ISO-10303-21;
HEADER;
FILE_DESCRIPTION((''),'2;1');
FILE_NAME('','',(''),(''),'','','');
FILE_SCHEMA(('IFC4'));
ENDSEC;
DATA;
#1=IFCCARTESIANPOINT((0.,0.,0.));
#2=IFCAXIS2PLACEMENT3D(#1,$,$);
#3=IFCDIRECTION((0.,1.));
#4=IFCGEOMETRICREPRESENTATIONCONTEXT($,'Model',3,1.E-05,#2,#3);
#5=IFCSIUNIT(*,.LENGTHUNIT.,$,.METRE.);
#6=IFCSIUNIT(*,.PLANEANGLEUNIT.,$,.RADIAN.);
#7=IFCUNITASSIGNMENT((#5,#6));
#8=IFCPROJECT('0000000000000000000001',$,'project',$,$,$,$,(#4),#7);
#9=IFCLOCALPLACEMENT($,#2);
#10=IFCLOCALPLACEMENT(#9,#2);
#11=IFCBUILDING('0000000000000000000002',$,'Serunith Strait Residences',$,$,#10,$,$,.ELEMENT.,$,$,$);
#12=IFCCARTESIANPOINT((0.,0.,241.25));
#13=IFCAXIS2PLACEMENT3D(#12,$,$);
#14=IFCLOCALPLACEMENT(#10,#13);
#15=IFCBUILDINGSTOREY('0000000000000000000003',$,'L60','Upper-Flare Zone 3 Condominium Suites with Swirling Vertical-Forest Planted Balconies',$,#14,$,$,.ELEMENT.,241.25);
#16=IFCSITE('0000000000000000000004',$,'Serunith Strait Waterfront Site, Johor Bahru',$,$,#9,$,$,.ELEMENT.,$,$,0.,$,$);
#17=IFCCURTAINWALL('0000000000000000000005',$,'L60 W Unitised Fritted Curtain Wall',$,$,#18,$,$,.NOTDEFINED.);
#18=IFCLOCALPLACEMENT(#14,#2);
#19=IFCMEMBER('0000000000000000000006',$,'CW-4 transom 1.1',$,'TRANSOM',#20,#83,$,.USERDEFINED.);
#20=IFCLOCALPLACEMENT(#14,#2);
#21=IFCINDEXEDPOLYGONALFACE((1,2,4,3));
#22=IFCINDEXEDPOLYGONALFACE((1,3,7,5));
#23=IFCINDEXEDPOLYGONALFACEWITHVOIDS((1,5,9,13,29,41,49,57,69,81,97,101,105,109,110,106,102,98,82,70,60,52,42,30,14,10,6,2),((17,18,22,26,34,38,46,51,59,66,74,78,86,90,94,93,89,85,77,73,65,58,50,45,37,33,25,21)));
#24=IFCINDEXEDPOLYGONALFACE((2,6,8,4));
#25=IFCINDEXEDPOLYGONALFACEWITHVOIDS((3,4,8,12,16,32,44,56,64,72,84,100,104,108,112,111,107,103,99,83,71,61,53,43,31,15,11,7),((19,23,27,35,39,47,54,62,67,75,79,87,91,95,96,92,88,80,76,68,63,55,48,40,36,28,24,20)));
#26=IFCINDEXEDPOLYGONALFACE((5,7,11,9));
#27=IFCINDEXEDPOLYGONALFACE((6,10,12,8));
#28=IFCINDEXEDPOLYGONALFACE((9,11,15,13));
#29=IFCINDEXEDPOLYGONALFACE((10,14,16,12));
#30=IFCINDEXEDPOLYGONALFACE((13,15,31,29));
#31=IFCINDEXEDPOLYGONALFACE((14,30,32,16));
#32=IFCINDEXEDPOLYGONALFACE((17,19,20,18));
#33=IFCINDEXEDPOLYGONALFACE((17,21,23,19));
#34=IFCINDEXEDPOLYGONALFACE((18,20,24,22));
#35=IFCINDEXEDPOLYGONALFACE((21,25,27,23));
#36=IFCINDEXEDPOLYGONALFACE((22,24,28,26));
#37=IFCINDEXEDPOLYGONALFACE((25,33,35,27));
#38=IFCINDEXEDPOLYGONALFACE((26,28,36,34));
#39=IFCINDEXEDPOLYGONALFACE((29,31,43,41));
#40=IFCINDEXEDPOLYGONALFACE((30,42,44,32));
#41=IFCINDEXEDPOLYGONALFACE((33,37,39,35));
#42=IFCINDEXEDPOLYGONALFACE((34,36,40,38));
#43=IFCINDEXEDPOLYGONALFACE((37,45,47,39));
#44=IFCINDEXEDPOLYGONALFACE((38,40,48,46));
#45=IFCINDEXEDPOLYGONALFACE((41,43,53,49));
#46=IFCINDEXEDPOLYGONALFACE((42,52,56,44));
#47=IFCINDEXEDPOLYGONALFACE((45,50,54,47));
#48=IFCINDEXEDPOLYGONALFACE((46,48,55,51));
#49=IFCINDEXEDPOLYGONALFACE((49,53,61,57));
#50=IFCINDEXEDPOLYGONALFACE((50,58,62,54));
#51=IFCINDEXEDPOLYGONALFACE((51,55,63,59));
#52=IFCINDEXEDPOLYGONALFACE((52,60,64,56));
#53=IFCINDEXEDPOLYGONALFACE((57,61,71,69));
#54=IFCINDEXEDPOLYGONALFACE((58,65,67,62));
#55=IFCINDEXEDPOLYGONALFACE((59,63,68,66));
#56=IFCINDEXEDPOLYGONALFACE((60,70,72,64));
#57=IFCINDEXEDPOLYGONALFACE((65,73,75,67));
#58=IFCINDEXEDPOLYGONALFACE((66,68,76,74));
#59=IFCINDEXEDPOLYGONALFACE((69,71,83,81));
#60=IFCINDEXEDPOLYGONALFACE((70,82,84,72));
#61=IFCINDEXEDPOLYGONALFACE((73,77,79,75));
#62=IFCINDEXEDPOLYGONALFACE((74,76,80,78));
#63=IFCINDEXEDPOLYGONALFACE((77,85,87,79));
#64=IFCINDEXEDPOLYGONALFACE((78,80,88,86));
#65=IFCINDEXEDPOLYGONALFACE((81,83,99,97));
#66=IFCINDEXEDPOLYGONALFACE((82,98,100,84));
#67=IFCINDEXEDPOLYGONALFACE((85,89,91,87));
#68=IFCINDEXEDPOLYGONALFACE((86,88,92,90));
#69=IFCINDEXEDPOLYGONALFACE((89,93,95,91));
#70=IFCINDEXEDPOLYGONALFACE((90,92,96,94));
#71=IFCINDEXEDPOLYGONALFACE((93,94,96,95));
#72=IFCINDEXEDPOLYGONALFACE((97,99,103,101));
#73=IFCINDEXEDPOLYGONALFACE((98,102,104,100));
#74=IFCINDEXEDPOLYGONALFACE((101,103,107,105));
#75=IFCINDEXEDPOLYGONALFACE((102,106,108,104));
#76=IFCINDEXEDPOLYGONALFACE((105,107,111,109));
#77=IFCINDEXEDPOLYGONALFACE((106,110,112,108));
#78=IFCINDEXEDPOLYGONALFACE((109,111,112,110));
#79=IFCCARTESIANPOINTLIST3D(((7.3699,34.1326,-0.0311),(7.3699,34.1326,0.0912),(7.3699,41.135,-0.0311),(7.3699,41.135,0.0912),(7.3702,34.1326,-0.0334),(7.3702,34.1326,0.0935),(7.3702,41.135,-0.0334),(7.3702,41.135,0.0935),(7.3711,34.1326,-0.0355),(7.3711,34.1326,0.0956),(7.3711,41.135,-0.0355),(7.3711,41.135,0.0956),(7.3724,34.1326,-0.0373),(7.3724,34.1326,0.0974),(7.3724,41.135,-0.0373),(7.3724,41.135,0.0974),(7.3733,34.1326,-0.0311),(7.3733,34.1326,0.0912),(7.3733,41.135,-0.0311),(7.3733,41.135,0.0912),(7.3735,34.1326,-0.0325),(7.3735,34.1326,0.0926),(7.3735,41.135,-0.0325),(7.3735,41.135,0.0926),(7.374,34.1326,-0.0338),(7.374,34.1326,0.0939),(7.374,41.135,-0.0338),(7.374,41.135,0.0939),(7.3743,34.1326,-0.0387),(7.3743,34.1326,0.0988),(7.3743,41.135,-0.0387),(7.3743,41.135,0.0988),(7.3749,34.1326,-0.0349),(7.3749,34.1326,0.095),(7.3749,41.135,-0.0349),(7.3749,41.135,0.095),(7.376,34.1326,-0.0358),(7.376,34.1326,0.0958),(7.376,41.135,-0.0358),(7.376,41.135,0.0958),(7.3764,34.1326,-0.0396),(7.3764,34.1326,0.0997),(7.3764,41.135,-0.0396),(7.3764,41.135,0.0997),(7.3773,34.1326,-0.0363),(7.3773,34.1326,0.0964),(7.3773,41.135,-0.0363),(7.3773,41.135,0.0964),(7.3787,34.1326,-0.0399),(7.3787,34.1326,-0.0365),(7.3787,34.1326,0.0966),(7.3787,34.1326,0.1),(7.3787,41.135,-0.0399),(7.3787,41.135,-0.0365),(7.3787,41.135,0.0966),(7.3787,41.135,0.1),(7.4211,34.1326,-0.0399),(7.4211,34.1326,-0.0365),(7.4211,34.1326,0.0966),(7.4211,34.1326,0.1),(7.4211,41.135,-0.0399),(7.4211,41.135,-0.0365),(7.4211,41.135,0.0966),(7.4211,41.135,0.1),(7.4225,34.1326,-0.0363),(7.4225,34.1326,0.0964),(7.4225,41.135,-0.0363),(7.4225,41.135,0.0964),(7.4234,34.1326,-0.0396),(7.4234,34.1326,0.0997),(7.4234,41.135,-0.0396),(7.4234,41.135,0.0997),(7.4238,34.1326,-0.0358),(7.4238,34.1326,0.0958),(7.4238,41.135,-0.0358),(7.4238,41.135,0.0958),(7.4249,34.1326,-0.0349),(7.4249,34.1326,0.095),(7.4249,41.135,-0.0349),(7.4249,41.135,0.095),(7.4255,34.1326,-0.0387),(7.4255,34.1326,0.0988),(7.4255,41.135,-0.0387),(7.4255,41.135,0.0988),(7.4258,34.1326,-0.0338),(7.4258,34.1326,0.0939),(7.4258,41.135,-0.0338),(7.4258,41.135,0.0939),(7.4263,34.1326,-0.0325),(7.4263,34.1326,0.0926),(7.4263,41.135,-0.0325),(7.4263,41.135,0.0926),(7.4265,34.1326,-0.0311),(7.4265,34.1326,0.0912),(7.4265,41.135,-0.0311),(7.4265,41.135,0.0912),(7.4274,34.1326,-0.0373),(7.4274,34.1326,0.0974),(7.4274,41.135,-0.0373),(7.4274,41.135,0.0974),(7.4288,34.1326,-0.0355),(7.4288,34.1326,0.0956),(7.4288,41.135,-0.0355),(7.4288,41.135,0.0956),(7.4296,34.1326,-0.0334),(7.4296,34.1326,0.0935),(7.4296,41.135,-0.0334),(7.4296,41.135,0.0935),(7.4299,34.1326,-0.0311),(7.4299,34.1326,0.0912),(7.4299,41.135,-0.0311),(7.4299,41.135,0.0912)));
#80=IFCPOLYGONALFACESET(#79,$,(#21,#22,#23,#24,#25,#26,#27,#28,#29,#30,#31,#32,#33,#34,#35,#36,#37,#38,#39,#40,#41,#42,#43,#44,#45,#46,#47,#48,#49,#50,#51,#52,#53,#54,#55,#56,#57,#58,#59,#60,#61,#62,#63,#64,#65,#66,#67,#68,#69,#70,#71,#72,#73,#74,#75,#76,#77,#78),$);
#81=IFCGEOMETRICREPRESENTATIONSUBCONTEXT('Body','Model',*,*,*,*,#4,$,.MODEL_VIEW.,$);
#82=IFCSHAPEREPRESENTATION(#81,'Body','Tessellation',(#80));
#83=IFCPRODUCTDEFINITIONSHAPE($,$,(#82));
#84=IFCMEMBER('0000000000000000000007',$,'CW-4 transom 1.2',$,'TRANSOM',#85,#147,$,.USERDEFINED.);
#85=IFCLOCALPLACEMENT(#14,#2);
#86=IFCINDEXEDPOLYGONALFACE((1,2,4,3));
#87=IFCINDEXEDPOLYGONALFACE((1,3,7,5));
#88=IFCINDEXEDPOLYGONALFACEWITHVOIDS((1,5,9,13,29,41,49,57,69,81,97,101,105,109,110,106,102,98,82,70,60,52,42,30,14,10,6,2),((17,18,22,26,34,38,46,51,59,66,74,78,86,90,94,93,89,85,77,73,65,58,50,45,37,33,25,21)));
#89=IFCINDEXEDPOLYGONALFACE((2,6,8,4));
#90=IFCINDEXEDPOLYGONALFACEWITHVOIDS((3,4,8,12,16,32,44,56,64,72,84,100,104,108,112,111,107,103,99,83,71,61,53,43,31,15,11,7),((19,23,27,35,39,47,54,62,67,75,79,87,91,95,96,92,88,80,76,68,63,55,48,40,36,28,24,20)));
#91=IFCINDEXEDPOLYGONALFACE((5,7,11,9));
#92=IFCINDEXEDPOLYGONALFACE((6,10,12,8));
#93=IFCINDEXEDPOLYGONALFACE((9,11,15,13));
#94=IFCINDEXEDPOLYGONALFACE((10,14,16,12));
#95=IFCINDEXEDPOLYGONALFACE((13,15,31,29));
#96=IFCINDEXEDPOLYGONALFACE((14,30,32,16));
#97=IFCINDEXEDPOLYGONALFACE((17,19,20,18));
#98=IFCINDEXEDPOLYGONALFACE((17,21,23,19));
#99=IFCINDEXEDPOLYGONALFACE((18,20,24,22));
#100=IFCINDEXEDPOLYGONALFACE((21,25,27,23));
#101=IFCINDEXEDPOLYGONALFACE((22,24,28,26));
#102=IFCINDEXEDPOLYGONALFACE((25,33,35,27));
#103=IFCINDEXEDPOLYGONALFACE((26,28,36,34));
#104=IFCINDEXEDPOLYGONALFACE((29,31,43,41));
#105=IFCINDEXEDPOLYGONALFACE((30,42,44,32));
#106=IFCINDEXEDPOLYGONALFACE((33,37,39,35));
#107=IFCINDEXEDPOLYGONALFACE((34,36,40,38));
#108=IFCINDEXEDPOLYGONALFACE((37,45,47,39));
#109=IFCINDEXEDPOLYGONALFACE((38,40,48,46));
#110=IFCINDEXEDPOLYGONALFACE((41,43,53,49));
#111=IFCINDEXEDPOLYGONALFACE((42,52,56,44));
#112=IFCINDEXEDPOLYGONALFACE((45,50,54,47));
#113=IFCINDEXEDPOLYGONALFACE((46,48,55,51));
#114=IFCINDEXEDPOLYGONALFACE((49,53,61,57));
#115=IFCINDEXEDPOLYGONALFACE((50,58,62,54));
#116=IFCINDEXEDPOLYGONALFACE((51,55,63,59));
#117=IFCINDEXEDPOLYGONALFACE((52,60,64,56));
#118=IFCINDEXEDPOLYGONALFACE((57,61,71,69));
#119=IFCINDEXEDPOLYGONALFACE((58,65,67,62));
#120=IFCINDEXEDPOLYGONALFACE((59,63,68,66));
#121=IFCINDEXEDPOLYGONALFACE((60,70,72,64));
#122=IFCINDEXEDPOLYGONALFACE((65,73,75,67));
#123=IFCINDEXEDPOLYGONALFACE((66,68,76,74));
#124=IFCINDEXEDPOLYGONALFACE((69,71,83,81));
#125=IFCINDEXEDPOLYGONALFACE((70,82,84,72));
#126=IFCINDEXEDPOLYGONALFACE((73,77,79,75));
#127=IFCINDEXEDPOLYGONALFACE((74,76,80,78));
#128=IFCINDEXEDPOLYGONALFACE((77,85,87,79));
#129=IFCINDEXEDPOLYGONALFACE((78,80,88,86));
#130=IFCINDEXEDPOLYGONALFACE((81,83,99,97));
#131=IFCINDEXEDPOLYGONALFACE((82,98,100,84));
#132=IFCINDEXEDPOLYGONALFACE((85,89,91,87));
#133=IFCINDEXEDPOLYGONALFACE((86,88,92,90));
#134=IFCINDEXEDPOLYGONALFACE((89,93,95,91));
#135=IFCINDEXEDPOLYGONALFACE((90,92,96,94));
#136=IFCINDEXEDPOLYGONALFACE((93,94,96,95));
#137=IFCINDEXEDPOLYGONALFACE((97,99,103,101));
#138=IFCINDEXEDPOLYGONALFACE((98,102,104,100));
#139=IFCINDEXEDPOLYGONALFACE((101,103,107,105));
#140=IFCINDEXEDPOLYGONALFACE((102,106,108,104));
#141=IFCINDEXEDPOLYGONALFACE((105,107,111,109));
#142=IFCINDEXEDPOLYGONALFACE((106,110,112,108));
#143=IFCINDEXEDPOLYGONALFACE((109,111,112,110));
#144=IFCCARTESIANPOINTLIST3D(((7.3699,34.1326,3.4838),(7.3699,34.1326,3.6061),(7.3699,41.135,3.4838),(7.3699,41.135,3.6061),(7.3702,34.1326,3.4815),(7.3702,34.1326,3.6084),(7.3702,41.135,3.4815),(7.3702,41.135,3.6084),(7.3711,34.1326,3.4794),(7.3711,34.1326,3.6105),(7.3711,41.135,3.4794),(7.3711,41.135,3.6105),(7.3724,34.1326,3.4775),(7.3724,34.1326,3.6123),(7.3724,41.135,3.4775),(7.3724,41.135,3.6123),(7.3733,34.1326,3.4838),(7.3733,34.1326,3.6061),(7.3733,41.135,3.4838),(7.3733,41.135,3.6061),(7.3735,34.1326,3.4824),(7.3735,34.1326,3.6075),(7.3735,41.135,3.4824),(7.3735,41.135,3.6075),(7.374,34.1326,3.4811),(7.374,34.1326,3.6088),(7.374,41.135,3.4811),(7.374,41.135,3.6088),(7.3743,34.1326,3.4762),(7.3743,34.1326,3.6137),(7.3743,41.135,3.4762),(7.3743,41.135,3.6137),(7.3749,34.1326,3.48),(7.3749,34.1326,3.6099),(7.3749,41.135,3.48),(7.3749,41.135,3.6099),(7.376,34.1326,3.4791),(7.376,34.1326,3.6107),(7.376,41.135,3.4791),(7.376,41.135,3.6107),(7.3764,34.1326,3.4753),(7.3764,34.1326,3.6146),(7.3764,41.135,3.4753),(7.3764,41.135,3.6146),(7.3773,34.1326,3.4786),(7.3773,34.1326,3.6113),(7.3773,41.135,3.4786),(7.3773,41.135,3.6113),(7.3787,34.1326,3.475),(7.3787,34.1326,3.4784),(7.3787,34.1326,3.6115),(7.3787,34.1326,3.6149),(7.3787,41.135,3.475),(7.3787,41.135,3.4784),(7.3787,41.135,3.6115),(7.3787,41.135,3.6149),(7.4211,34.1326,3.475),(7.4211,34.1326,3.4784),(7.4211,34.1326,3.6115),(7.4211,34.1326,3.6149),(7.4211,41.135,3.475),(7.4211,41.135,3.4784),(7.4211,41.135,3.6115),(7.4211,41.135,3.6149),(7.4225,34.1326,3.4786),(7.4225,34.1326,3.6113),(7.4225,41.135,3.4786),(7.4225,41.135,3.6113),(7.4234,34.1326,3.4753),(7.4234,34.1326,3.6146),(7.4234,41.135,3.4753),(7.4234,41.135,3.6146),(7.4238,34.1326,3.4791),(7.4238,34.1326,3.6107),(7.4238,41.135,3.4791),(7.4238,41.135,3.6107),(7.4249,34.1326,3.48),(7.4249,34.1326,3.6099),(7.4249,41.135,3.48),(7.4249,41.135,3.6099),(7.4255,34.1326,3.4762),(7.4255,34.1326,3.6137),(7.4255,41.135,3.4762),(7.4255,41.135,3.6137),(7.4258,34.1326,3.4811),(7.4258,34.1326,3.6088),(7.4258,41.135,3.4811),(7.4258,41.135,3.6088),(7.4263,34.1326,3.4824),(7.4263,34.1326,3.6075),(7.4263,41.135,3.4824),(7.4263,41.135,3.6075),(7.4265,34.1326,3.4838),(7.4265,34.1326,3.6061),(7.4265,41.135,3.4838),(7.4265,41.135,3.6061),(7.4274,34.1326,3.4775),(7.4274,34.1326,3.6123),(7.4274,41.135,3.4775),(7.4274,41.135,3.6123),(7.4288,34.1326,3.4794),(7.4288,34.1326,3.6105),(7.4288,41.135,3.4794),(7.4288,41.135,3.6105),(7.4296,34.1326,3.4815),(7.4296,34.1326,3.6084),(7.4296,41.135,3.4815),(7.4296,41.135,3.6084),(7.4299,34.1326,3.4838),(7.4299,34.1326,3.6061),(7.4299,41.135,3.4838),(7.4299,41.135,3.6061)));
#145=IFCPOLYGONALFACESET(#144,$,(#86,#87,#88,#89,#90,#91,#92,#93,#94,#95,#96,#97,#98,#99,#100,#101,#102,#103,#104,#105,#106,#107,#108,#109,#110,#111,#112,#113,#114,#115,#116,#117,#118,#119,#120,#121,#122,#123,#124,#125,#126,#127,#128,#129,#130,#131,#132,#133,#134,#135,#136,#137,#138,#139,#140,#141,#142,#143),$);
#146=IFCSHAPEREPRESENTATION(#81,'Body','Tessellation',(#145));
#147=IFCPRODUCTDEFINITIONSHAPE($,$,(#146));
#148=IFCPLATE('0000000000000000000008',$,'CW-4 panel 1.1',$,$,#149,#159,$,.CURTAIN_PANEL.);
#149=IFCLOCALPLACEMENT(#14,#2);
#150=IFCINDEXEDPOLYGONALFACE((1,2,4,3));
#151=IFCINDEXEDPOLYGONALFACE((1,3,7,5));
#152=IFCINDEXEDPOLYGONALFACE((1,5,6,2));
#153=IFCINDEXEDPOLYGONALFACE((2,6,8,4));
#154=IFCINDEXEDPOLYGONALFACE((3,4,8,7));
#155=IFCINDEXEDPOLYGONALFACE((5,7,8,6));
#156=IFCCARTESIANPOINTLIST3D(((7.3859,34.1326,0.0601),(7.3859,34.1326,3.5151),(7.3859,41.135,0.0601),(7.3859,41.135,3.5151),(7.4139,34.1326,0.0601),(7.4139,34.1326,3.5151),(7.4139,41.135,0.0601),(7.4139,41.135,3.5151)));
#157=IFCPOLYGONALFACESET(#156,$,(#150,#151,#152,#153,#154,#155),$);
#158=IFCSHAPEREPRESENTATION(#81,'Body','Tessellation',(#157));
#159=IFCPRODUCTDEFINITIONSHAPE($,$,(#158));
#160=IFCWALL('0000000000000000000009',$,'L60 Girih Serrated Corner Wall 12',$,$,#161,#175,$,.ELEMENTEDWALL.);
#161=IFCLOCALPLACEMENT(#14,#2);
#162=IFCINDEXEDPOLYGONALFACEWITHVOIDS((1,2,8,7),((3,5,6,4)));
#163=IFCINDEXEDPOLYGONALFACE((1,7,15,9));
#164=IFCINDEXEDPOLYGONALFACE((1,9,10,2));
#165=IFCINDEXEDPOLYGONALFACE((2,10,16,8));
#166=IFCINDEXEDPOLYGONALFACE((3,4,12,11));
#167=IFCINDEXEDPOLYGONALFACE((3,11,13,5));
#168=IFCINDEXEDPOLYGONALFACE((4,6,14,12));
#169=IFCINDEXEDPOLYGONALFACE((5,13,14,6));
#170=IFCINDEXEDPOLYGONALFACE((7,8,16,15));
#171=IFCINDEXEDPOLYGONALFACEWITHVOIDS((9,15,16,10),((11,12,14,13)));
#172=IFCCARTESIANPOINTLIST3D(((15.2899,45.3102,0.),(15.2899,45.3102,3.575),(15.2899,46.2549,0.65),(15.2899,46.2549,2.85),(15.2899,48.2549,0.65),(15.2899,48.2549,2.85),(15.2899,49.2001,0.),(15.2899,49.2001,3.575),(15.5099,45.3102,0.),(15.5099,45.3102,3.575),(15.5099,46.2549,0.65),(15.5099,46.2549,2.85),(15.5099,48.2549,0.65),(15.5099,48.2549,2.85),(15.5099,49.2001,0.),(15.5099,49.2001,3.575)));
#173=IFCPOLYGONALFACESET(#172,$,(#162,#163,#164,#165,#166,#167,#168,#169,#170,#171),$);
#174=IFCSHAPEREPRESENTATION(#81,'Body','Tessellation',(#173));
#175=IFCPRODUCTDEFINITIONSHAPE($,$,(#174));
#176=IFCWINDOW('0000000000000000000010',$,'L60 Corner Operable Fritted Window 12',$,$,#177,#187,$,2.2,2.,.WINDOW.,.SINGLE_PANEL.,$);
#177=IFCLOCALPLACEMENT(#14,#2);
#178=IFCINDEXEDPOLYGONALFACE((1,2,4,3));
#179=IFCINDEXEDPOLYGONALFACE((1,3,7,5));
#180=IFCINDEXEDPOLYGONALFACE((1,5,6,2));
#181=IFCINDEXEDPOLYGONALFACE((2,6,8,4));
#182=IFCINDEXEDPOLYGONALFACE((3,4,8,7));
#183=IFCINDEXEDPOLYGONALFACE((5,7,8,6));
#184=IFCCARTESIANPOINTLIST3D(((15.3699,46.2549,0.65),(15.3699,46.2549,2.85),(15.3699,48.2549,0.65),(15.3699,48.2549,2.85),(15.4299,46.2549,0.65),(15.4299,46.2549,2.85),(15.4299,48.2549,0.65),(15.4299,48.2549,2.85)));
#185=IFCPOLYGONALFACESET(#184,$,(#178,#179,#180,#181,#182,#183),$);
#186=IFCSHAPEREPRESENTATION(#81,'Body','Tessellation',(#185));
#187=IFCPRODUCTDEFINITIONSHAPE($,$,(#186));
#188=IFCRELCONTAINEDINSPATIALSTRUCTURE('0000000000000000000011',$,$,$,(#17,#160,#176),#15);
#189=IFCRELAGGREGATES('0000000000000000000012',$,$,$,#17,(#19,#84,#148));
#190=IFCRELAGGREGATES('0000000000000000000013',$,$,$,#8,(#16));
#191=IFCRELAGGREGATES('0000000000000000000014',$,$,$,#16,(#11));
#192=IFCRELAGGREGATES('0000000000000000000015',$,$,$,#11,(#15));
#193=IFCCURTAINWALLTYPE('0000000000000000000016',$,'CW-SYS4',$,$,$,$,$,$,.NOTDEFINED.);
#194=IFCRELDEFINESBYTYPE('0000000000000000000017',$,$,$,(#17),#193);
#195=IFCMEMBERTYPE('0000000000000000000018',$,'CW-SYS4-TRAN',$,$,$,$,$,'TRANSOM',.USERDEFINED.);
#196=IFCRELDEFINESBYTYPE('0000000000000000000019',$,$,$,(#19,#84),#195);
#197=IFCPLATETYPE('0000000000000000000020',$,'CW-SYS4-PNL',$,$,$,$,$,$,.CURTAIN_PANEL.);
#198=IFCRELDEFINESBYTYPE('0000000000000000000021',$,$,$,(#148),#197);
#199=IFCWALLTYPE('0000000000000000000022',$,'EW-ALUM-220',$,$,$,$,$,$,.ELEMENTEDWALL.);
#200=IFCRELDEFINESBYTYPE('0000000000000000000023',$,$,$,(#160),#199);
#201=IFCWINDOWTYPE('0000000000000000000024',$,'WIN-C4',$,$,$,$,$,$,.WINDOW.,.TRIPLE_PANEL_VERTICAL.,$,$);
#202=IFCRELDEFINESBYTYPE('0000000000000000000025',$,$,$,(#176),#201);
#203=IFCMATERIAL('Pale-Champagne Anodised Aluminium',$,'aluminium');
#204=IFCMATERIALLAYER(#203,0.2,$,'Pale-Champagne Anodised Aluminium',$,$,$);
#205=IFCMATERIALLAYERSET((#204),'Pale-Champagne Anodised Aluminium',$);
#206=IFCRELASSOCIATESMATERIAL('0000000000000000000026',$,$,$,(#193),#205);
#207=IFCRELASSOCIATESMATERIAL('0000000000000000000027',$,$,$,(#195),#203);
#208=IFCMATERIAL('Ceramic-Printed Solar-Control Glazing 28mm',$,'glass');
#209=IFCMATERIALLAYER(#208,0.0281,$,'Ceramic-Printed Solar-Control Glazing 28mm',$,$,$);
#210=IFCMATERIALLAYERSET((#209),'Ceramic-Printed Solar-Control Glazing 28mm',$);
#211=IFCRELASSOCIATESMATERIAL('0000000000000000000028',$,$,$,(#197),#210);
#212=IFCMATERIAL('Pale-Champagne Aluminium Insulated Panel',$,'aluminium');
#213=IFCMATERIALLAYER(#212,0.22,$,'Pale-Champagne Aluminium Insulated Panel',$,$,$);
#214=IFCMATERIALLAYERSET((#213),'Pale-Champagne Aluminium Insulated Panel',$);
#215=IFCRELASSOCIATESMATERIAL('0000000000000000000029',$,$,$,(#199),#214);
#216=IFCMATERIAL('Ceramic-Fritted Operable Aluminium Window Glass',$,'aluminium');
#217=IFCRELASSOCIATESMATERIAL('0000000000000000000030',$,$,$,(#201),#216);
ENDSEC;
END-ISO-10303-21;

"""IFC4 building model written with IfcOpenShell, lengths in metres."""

from ifc_helpers import new_model, si_unit, direction, frame, frame_2d, origin, origin_2d, place, context, subcontext, project, spatial, rectangle, hollow_rectangle, extrude, source, transform, mapped, material, layer, layer_set, material_profile, profile_set, type_object, element, fill, aggregate, save


model = new_model("IFC4")

# Units and contexts
model_context = context("Model", 3, precision=1e-05, world=origin(), true_north=direction((0.0, 1.0)))
body_context = subcontext(model_context, "Body", "Model", "MODEL_VIEW")
ifc_project = project(units=[si_unit("LENGTHUNIT", "METRE"), si_unit("PLANEANGLEUNIT", "RADIAN")], contexts=[model_context])

# Site, building, storey
site_placement = place(None, origin())
site = spatial("IfcSite", under=ifc_project, at=site_placement, Name="Serunith Strait Waterfront Site, Johor Bahru", CompositionType="ELEMENT", RefElevation=0.0)
building_placement = place(site_placement, origin())
building = spatial("IfcBuilding", under=site, at=building_placement, Name="Serunith Strait Residences", CompositionType="ELEMENT")
storey_placement = place(building_placement, frame((0.0, 0.0, 241.25)))
storey = spatial("IfcBuildingStorey", under=building, at=storey_placement, Name="L60", Description="Upper-Flare Zone 3 Condominium Suites with Swirling Vertical-Forest Planted Balconies", CompositionType="ELEMENT", Elevation=241.25)

# Shared definitions
ifc_material_1 = material(Name="Pale-Champagne Anodised Aluminium", Category="aluminium")
ifc_layer_1 = layer(ifc_material_1, 0.2, Name="Pale-Champagne Anodised Aluminium")
ifc_layer_set_1 = layer_set([ifc_layer_1], Name="Pale-Champagne Anodised Aluminium")
curtain_wall_type = type_object("IfcCurtainWallType", Name="CW-SYS4", PredefinedType="NOTDEFINED", material=ifc_layer_set_1)

# Curtain wall, members, plate
curtain_wall_1_placement = place(storey_placement, origin())
curtain_wall_1 = element("IfcCurtainWall", 1, at=curtain_wall_1_placement, inside=storey, type_object=curtain_wall_type, Name="L60 W Unitised Fritted Curtain Wall", PredefinedType="NOTDEFINED")
ifc_material_profile_1 = material_profile(ifc_material_1, hollow_rectangle(XDim=0.0601, YDim=0.1399, WallThickness=0.0034, InnerFilletRadius=0.0054, OuterFilletRadius=0.0088, at=origin_2d()), Name="ALU 140x60x3.5")
ifc_profile_set_1 = profile_set([ifc_material_profile_1], Name="Pale-Champagne Anodised Aluminium")
member_type_1 = type_object("IfcMemberType", Name="CW-SYS4-TRAN", ElementType="TRANSOM", PredefinedType="USERDEFINED", material=ifc_profile_set_1)
shared_shape_1 = source(origin(), body_context, "Body", "SweptSolid", [
    extrude(hollow_rectangle(XDim=0.0601, YDim=0.1399, WallThickness=0.0034, InnerFilletRadius=0.0054, OuterFilletRadius=0.0088, at=origin_2d()), origin(), (0.0, 0.0, 1.0), 7.0024),
])
member_1_placement = place(storey_placement, frame((7.3999, 41.135, 0.03), z_axis=(0.0, -1.0, 0.0), x_axis=(1.0, 0.0, 0.0)))
member_1 = element("IfcMember", 2, at=member_1_placement, type_object=member_type_1, Name="CW-4 transom 1.1", ObjectType="TRANSOM", PredefinedType="USERDEFINED", context=body_context, shape_type="MappedRepresentation", body=[
    mapped(shared_shape_1, transform((0.0, 0.0, 0.0), scale=1.0)),
])
member_2_placement = place(storey_placement, frame((7.3999, 41.135, 3.5449), z_axis=(0.0, -1.0, 0.0), x_axis=(1.0, 0.0, 0.0)))
member_2 = element("IfcMember", 3, at=member_2_placement, type_object=member_type_1, Name="CW-4 transom 1.2", ObjectType="TRANSOM", PredefinedType="USERDEFINED", context=body_context, shape_type="MappedRepresentation", body=[
    mapped(shared_shape_1, transform((0.0, 0.0, 0.0), scale=1.0)),
])
ifc_material_2 = material(Name="Ceramic-Printed Solar-Control Glazing 28mm", Category="glass")
ifc_layer_2 = layer(ifc_material_2, 0.0281, Name="Ceramic-Printed Solar-Control Glazing 28mm")
ifc_layer_set_2 = layer_set([ifc_layer_2], Name="Ceramic-Printed Solar-Control Glazing 28mm")
plate_type = type_object("IfcPlateType", Name="CW-SYS4-PNL", PredefinedType="CURTAIN_PANEL", material=ifc_layer_set_2)
shared_shape_2 = source(origin(), body_context, "Body", "SweptSolid", [
    extrude(rectangle(XDim=7.0024, YDim=0.0281, at=origin_2d()), origin(), (0.0, 0.0, 1.0), 3.4551),
])
plate_placement = place(storey_placement, frame((7.3999, 37.6338, 0.0601), z_axis=(0.0, 0.0, 1.0), x_axis=(0.0, -1.0, 0.0)))
plate = element("IfcPlate", 4, at=plate_placement, type_object=plate_type, Name="CW-4 panel 1.1", PredefinedType="CURTAIN_PANEL", context=body_context, shape_type="MappedRepresentation", body=[
    mapped(shared_shape_2, transform((0.0, 0.0, 0.0), scale=1.0)),
])
aggregate(curtain_wall_1, [member_1, member_2, plate])

# Wall, opening, window
ifc_material_3 = material(Name="Pale-Champagne Aluminium Insulated Panel", Category="aluminium")
ifc_layer_3 = layer(ifc_material_3, 0.22, Name="Pale-Champagne Aluminium Insulated Panel")
ifc_layer_set_3 = layer_set([ifc_layer_3], Name="Pale-Champagne Aluminium Insulated Panel")
wall_type_1 = type_object("IfcWallType", Name="EW-ALUM-220", PredefinedType="ELEMENTEDWALL", material=ifc_layer_set_3)
wall_1_placement = place(storey_placement, frame((15.3999, 49.2, 0.0), z_axis=(0.0, 0.0, 1.0), x_axis=(0.0, -1.0, 0.0)))
wall_1 = element("IfcWall", 5, at=wall_1_placement, inside=storey, type_object=wall_type_1, Name="L60 Girih Serrated Corner Wall 12", PredefinedType="ELEMENTEDWALL", context=body_context, shape_type="SweptSolid", body=[
    extrude(rectangle(XDim=3.8899, YDim=0.22, at=frame_2d((1.9448, 0.0))), origin(), (0.0, 0.0, 1.0), 3.575),
])
opening_1_placement = place(wall_1_placement, frame((0.9451, 0.0, 0.6499)))
opening_1 = element("IfcOpeningElement", 6, at=opening_1_placement, cuts=wall_1, PredefinedType="OPENING", context=body_context, shape_type="SweptSolid", body=[
    extrude(rectangle(XDim=2.0, YDim=2.2, at=frame_2d((1.0, 1.1001))), frame((0.0, 0.1201, 0.0), z_axis=(0.0, -1.0, 0.0), x_axis=(1.0, 0.0, 0.0)), (0.0, 0.0, 1.0), 0.24),
])
ifc_material_4 = material(Name="Ceramic-Fritted Operable Aluminium Window Glass", Category="aluminium")
window_type = type_object("IfcWindowType", Name="WIN-C4", PartitioningType="TRIPLE_PANEL_VERTICAL", PredefinedType="WINDOW", material=ifc_material_4)
shared_shape_3 = source(origin(), body_context, "Body", "SweptSolid", [
    extrude(rectangle(XDim=2.0, YDim=2.2, at=frame_2d((1.0, 1.1001))), frame((0.0, 0.03, 0.0), z_axis=(0.0, -1.0, 0.0), x_axis=(1.0, 0.0, 0.0)), (0.0, 0.0, 1.0), 0.0601),
])
window_1_placement = place(opening_1_placement, origin())
window_1 = element("IfcWindow", 7, at=window_1_placement, inside=storey, type_object=window_type, Name="L60 Corner Operable Fritted Window 12", OverallHeight=2.2, OverallWidth=2.0, PartitioningType="SINGLE_PANEL", PredefinedType="WINDOW", context=body_context, shape_type="MappedRepresentation", body=[
    mapped(shared_shape_3, transform((0.0, 0.0, 0.0), scale=1.0)),
])
fill(opening_1, window_1)

save(model, "model.ifc")
